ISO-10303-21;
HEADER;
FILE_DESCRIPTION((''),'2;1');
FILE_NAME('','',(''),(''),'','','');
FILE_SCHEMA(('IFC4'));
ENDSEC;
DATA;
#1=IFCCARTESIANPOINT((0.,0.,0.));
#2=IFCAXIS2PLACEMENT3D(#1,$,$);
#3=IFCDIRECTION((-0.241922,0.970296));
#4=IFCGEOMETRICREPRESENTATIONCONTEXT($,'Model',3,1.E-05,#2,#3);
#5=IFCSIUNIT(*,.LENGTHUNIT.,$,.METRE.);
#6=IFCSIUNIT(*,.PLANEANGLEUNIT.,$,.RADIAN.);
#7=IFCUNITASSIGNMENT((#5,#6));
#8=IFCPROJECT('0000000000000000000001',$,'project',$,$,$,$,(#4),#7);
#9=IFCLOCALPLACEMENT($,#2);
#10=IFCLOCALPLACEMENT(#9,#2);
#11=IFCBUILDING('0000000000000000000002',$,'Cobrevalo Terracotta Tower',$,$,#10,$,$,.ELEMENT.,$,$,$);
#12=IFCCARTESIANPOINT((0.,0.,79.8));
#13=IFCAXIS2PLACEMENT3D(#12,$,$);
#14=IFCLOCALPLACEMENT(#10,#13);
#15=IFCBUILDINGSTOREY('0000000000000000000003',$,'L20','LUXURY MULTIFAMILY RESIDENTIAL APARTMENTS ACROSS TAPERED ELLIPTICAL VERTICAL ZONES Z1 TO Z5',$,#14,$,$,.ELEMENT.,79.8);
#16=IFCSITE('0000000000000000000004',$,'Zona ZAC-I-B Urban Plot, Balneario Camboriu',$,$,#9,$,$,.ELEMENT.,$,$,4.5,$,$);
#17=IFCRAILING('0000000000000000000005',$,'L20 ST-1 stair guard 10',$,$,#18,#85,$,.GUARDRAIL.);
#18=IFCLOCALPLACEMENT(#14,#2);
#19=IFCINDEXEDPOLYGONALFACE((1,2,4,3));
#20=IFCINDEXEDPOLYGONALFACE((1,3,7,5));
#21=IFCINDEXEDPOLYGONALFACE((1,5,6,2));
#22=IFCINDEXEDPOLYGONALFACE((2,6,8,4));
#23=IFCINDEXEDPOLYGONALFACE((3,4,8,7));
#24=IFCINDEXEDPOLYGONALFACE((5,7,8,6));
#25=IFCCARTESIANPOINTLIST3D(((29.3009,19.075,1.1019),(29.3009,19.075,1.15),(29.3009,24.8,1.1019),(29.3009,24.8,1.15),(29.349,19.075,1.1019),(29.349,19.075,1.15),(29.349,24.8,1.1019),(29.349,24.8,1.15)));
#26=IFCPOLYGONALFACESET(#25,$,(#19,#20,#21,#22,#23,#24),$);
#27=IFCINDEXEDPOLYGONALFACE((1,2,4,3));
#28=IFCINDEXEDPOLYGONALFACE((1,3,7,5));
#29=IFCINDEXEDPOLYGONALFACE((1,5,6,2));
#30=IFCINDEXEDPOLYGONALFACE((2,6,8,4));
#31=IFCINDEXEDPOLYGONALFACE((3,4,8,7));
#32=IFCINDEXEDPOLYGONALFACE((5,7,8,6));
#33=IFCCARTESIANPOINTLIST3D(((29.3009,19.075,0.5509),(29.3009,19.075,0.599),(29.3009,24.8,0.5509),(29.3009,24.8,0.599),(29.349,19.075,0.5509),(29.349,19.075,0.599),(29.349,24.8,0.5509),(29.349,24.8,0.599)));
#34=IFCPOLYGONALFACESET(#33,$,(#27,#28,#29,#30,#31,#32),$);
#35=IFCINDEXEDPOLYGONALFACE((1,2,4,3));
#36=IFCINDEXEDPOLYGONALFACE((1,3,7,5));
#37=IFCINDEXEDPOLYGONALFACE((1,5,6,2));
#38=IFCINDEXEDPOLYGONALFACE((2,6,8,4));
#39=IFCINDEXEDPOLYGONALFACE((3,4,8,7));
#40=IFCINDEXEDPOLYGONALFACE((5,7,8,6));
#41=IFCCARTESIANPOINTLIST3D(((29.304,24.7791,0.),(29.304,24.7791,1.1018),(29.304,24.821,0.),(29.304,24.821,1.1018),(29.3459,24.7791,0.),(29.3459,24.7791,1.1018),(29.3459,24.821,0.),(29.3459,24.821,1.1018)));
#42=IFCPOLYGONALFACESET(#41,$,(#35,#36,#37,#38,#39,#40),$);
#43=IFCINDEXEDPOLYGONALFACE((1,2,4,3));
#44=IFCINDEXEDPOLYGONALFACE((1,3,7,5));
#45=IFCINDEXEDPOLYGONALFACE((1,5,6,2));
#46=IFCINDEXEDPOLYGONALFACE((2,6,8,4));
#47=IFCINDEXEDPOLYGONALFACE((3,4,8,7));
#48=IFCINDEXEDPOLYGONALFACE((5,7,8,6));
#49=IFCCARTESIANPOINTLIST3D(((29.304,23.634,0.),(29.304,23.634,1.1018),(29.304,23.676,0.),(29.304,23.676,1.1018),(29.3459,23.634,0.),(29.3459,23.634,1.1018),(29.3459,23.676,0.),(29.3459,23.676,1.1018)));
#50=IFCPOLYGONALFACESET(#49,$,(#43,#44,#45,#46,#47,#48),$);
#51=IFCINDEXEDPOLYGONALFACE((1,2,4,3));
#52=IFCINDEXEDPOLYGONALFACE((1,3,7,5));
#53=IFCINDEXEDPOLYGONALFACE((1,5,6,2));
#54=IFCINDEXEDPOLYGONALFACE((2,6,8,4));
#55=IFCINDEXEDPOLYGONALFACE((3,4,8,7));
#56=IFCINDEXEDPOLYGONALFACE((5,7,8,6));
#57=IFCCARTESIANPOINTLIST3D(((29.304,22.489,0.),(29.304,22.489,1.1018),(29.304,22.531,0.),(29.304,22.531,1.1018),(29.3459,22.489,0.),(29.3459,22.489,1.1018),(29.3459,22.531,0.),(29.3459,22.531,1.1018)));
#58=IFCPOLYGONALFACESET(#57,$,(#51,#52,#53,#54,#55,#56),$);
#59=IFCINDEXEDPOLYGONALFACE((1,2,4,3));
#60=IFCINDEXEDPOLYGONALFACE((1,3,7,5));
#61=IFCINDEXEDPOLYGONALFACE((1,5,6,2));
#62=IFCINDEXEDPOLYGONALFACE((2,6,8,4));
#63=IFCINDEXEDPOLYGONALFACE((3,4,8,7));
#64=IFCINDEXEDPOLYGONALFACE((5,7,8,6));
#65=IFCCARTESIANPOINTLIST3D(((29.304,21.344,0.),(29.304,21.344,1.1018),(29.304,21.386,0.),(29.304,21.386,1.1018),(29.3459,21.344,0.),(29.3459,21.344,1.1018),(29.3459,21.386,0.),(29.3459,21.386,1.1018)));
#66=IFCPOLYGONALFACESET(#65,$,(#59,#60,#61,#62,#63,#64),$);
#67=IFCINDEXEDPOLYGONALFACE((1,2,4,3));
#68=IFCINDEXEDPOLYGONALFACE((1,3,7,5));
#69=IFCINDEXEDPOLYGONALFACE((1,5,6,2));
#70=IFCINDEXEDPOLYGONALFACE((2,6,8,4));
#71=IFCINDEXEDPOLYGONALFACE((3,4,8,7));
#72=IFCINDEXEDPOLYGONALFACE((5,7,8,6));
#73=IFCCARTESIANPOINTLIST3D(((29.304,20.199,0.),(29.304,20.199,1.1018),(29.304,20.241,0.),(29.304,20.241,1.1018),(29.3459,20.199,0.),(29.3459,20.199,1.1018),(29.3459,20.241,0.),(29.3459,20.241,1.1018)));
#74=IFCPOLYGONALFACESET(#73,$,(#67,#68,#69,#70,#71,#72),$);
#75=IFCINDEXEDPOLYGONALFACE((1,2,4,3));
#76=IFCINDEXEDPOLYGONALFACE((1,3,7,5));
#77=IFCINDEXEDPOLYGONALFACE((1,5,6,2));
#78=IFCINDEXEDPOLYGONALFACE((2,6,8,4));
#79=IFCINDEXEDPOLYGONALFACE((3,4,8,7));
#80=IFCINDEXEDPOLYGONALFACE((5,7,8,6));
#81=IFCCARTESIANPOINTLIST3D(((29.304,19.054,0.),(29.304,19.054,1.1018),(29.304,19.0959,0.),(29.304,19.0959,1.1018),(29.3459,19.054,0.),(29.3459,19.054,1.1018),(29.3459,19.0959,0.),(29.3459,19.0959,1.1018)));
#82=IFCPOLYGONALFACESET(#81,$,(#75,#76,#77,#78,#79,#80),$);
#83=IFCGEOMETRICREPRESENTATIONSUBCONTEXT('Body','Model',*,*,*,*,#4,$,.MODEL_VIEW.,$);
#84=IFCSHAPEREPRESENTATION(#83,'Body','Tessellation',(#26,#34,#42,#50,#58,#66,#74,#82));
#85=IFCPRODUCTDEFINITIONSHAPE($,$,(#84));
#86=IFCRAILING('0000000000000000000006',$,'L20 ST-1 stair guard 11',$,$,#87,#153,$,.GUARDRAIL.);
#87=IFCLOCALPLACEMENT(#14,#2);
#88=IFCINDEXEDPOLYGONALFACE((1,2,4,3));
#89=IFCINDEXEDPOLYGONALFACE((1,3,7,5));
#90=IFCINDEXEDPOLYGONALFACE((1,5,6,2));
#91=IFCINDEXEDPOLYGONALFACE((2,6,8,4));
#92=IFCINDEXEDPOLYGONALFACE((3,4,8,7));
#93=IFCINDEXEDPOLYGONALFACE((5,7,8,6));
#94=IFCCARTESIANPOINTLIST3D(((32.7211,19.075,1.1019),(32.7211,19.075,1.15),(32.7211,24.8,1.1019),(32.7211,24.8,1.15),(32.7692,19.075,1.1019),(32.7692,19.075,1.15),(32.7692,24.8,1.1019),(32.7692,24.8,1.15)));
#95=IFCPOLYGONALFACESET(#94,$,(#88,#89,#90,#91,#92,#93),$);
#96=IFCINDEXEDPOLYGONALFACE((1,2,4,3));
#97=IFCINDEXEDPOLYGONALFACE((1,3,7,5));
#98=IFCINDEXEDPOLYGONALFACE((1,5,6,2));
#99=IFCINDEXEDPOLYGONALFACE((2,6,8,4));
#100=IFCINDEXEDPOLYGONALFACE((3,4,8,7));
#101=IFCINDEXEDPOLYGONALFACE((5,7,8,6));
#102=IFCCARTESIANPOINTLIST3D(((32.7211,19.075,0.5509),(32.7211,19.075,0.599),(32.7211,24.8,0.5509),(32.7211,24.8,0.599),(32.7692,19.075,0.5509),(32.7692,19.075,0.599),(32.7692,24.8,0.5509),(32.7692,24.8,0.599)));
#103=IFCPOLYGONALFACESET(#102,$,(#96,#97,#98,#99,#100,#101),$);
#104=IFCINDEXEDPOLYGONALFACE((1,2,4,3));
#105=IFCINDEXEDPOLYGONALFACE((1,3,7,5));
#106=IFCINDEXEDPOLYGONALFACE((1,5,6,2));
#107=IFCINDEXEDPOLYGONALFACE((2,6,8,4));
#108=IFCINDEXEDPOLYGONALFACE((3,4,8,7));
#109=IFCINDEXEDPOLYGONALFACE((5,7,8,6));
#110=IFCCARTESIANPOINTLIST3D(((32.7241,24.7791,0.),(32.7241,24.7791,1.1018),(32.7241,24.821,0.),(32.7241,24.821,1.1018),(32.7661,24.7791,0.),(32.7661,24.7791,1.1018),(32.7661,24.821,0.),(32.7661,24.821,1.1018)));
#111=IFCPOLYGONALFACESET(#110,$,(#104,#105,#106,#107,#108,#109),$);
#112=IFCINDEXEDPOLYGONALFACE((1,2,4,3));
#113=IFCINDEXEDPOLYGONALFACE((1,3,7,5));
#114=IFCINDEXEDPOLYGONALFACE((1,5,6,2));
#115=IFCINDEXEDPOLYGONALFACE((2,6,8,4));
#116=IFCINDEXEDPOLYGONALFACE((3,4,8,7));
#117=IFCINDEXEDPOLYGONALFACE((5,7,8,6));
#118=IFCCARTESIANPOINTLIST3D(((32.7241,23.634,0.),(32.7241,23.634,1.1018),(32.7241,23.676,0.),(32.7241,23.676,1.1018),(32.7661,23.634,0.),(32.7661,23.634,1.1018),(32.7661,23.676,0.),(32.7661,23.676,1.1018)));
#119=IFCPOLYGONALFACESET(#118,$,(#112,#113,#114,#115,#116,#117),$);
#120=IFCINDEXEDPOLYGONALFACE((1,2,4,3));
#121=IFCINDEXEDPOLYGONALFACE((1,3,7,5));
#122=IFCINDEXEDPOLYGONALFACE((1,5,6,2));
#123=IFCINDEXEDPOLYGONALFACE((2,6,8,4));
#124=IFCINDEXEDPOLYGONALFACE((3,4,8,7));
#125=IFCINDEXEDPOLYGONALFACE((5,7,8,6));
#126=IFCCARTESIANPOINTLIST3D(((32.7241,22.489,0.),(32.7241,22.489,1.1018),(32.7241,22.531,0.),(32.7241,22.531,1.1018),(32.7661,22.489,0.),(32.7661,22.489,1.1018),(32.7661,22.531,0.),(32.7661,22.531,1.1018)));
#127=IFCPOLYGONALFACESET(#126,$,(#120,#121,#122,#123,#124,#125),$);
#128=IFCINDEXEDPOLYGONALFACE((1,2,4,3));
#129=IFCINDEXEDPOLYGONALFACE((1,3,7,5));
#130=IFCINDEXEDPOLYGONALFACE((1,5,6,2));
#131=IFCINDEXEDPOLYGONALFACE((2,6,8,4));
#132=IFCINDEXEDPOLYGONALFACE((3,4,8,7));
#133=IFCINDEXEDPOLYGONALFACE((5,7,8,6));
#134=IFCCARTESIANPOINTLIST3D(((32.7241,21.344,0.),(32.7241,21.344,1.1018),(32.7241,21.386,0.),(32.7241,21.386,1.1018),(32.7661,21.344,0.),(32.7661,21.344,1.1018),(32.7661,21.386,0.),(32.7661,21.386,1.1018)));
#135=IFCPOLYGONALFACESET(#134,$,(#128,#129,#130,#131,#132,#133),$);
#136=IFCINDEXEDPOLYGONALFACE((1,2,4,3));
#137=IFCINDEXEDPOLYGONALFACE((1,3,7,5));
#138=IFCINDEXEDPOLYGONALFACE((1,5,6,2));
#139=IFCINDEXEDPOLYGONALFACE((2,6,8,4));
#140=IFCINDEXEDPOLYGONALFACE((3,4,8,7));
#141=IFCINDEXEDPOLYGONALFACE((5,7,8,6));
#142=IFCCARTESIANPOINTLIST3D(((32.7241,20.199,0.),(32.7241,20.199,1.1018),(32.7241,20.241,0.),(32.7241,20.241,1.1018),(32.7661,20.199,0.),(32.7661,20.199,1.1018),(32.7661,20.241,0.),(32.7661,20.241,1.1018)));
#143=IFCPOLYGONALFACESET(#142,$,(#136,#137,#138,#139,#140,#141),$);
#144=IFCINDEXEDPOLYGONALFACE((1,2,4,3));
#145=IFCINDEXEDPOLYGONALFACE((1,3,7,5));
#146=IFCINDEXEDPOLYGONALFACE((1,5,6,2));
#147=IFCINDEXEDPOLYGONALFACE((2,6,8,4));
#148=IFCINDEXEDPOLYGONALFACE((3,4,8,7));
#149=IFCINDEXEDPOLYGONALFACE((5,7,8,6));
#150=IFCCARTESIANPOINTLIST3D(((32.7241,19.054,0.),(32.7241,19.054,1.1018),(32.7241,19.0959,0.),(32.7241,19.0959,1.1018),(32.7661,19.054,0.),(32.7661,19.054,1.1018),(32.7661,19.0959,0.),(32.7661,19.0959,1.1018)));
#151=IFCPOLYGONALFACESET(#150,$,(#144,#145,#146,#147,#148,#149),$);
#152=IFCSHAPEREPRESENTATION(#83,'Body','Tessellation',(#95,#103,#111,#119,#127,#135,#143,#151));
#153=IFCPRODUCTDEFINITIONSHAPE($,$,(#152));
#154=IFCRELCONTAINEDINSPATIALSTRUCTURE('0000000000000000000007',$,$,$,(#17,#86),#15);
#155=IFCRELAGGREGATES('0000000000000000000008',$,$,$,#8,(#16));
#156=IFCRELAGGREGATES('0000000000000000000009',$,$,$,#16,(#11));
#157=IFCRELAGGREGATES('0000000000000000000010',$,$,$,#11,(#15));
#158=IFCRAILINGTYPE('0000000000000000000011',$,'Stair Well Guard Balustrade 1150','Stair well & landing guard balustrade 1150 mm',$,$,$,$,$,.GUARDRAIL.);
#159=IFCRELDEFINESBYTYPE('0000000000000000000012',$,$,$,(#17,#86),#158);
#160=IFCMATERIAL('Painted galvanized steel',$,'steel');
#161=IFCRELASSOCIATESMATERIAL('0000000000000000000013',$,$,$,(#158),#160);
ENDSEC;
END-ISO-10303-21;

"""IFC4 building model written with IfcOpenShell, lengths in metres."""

from ifc_helpers import new_model, si_unit, direction, frame, origin, origin_2d, place, context, subcontext, project, spatial, rectangle, extrude, material, type_object, element, save


model = new_model("IFC4")

# Units and contexts
model_context = context("Model", 3, precision=1e-05, world=origin(), true_north=direction((-0.241922, 0.970296)))
body_context = subcontext(model_context, "Body", "Model", "MODEL_VIEW")
ifc_project = project(units=[si_unit("LENGTHUNIT", "METRE"), si_unit("PLANEANGLEUNIT", "RADIAN")], contexts=[model_context])

# Site, building, storey
site_placement = place(None, origin())
site = spatial("IfcSite", under=ifc_project, at=site_placement, Name="Zona ZAC-I-B Urban Plot, Balneario Camboriu", CompositionType="ELEMENT", RefElevation=4.5)
building_placement = place(site_placement, origin())
building = spatial("IfcBuilding", under=site, at=building_placement, Name="Cobrevalo Terracotta Tower", CompositionType="ELEMENT")
storey_placement = place(building_placement, frame((0.0, 0.0, 79.8)))
storey = spatial("IfcBuildingStorey", under=building, at=storey_placement, Name="L20", Description="LUXURY MULTIFAMILY RESIDENTIAL APARTMENTS ACROSS TAPERED ELLIPTICAL VERTICAL ZONES Z1 TO Z5", CompositionType="ELEMENT", Elevation=79.8)

# Railings
ifc_material_1 = material(Name="Painted galvanized steel", Category="steel")
railing_type_1 = type_object("IfcRailingType", Name="Stair Well Guard Balustrade 1150", Description="Stair well & landing guard balustrade 1150 mm", PredefinedType="GUARDRAIL", material=ifc_material_1)
for number, where, name in (
    (1, (29.325, 24.8, 0.0), "L20 ST-1 stair guard 10"),
    (2, (32.7451, 24.8, 0.0), "L20 ST-1 stair guard 11"),
):
    element("IfcRailing", number, at=place(storey_placement, frame(where)), inside=storey, type_object=railing_type_1, Name=name, PredefinedType="GUARDRAIL", context=body_context, shape_type="SweptSolid", body=[
        extrude(rectangle(XDim=0.0481, YDim=0.0481, at=origin_2d()), frame((0.0, 0.0, 1.126), z_axis=(0.0, -1.0, 0.0), x_axis=(1.0, 0.0, 0.0)), (0.0, 0.0, 1.0), 5.7251),
        extrude(rectangle(XDim=0.0481, YDim=0.0481, at=origin_2d()), frame((0.0, 0.0, 0.575), z_axis=(0.0, -1.0, 0.0), x_axis=(1.0, 0.0, 0.0)), (0.0, 0.0, 1.0), 5.7251),
        extrude(rectangle(XDim=0.042, YDim=0.042, at=origin_2d()), origin(), (0.0, 0.0, 1.0), 1.1018),
        extrude(rectangle(XDim=0.042, YDim=0.042, at=origin_2d()), frame((0.0, -1.145, 0.0)), (0.0, 0.0, 1.0), 1.1018),
        extrude(rectangle(XDim=0.042, YDim=0.042, at=origin_2d()), frame((0.0, -2.29, 0.0)), (0.0, 0.0, 1.0), 1.1018),
        extrude(rectangle(XDim=0.042, YDim=0.042, at=origin_2d()), frame((0.0, -3.4351, 0.0)), (0.0, 0.0, 1.0), 1.1018),
        extrude(rectangle(XDim=0.042, YDim=0.042, at=origin_2d()), frame((0.0, -4.5801, 0.0)), (0.0, 0.0, 1.0), 1.1018),
        extrude(rectangle(XDim=0.042, YDim=0.042, at=origin_2d()), frame((0.0, -5.7251, 0.0)), (0.0, 0.0, 1.0), 1.1018),
    ])

save(model, "model.ifc")
